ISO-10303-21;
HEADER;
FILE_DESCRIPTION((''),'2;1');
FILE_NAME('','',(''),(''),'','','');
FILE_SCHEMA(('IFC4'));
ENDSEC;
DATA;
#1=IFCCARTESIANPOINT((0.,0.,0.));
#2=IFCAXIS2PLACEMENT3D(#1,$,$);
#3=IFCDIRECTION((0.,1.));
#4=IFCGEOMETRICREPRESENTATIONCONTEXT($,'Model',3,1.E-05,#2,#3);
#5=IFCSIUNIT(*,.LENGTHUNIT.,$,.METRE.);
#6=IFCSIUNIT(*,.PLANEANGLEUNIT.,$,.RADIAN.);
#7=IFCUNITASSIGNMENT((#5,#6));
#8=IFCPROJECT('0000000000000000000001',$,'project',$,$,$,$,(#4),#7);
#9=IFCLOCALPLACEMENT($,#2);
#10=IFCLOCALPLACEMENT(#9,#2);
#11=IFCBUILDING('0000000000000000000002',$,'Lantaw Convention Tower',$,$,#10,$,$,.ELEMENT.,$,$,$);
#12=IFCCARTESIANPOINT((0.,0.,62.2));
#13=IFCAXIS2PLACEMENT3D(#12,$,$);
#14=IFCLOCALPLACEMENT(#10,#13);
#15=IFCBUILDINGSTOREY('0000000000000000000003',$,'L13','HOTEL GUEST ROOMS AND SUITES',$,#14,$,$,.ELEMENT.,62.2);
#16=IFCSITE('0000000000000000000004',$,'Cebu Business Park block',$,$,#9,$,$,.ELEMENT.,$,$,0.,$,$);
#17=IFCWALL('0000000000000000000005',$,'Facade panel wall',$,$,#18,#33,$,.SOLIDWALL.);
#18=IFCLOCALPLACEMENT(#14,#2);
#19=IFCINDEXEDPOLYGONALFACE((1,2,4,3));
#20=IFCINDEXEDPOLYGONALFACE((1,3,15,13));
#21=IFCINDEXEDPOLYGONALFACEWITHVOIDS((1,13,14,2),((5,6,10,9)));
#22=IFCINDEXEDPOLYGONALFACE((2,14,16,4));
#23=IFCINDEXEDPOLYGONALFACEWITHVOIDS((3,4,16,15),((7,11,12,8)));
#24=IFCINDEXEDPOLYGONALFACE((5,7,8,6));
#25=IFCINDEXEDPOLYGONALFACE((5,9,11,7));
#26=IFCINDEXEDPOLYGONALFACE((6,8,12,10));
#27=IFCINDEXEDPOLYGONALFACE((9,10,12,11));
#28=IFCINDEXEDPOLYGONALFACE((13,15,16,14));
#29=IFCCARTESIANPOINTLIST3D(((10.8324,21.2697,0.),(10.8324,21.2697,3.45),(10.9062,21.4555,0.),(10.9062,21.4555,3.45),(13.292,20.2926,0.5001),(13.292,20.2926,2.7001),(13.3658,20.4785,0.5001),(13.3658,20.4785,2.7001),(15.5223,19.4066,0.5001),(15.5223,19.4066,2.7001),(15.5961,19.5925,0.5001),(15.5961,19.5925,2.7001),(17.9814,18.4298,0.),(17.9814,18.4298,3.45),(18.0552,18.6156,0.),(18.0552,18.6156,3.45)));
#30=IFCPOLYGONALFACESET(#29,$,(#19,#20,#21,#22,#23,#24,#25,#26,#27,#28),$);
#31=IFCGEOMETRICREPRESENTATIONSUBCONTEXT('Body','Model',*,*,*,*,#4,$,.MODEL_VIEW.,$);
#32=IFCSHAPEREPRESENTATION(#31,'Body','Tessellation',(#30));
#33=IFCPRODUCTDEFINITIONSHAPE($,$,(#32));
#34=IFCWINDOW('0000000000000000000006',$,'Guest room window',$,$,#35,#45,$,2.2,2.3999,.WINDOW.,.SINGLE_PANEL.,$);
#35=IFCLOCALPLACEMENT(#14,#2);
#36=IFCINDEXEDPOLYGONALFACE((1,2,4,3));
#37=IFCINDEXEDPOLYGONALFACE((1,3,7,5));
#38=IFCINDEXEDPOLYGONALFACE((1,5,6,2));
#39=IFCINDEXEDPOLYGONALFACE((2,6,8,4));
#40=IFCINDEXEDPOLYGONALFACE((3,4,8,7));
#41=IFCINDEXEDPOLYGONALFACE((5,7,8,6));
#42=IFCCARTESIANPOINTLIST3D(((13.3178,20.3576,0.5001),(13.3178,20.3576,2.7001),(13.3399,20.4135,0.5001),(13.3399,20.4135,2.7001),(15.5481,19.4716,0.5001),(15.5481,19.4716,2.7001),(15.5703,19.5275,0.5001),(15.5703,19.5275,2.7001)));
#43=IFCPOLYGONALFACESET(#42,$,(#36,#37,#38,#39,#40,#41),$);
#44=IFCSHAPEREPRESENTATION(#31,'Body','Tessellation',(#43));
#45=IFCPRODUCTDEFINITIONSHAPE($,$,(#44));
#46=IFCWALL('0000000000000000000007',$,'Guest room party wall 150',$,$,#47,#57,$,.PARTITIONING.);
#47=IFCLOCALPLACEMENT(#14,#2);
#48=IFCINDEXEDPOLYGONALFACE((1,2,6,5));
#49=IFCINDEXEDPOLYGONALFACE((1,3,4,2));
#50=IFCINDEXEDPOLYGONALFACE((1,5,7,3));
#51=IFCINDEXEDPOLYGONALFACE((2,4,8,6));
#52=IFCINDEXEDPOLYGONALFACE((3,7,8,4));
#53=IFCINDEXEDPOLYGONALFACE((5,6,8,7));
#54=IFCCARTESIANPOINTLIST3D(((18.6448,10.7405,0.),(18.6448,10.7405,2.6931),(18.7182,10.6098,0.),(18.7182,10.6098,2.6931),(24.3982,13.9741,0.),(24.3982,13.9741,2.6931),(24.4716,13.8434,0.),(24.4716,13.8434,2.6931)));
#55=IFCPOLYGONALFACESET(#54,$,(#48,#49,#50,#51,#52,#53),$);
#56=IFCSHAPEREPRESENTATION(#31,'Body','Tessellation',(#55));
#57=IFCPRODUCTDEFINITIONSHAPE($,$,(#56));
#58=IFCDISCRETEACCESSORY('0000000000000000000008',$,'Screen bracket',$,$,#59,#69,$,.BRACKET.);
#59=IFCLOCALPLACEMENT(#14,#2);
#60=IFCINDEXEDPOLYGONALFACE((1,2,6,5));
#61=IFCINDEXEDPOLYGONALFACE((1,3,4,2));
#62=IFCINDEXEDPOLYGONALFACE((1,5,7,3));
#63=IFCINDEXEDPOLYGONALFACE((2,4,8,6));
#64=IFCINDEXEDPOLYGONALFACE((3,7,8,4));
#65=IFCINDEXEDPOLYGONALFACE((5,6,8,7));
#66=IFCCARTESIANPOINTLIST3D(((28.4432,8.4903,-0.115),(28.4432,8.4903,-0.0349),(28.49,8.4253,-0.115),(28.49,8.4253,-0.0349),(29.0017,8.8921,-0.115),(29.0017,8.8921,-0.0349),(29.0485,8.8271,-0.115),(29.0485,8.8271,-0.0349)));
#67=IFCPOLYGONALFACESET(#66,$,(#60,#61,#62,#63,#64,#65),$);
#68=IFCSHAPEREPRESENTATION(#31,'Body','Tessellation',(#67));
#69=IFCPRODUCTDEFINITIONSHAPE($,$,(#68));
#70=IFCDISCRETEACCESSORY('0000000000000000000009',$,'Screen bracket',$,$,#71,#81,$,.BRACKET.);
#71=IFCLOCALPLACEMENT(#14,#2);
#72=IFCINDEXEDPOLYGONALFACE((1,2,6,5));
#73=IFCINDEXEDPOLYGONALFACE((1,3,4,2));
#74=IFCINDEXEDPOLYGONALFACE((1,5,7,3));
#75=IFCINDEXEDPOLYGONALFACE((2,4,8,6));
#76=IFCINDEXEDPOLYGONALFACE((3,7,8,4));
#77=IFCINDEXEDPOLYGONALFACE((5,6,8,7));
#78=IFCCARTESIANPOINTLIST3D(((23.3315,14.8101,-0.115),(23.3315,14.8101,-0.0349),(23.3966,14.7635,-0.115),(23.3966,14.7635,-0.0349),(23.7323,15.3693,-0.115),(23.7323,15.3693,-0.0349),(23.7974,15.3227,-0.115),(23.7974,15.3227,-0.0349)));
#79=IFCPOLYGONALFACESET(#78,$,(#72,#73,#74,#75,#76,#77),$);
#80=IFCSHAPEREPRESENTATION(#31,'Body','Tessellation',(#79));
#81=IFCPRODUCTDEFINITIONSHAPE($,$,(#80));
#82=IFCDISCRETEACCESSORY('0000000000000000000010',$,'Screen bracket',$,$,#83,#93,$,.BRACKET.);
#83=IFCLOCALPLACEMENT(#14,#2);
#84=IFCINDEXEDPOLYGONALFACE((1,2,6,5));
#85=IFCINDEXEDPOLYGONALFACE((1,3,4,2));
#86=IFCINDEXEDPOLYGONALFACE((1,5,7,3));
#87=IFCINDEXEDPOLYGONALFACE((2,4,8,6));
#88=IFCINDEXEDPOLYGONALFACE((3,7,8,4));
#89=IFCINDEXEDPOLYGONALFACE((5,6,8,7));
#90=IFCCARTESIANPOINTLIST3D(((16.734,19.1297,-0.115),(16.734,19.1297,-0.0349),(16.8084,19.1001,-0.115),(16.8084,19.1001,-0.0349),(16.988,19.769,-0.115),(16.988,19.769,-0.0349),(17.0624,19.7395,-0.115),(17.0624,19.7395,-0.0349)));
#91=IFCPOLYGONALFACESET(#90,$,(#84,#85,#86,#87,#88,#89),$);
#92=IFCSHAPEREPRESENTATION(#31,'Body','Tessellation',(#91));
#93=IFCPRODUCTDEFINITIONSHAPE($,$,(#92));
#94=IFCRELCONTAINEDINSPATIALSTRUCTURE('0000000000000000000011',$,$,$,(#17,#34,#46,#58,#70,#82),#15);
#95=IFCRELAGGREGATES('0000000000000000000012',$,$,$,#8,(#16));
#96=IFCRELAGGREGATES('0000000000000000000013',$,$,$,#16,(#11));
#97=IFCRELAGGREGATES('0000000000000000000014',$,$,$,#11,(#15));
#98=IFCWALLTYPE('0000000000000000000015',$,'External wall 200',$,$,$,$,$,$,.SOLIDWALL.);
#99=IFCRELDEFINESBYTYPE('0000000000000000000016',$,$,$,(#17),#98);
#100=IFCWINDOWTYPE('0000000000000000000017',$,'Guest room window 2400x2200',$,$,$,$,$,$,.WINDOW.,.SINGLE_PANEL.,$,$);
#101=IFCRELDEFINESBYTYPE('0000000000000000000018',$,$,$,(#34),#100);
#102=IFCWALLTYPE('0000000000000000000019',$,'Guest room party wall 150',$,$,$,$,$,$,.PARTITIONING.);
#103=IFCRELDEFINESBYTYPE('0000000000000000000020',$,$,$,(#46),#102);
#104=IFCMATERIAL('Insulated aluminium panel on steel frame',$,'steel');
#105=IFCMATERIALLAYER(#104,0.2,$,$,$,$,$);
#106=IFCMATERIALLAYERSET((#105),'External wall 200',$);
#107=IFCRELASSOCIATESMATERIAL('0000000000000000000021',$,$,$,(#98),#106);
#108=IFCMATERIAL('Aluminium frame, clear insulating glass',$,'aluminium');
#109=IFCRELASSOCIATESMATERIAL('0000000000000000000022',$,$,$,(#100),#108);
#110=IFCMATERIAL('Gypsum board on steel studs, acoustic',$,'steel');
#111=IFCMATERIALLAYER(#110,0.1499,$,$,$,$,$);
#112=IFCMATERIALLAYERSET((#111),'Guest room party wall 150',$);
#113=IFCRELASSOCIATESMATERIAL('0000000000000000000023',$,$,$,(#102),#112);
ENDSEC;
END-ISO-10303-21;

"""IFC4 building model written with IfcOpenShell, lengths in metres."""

from ifc_helpers import new_model, si_unit, direction, frame, frame_2d, origin, origin_2d, place, context, subcontext, project, spatial, rectangle, extrude, material, layer, layer_set, type_object, element, fill, save


model = new_model("IFC4")

# Units and contexts
model_context = context("Model", 3, precision=1e-05, world=origin(), true_north=direction((0.0, 1.0)))
body_context = subcontext(model_context, "Body", "Model", "MODEL_VIEW")
ifc_project = project(units=[si_unit("LENGTHUNIT", "METRE"), si_unit("PLANEANGLEUNIT", "RADIAN")], contexts=[model_context])

# Site, building, storey
site_placement = place(None, origin())
site = spatial("IfcSite", under=ifc_project, at=site_placement, Name="Cebu Business Park block", CompositionType="ELEMENT", RefElevation=0.0)
building_placement = place(site_placement, origin())
building = spatial("IfcBuilding", under=site, at=building_placement, Name="Lantaw Convention Tower", CompositionType="ELEMENT")
storey_placement = place(building_placement, frame((0.0, 0.0, 62.2)))
storey = spatial("IfcBuildingStorey", under=building, at=storey_placement, Name="L13", Description="HOTEL GUEST ROOMS AND SUITES", CompositionType="ELEMENT", Elevation=62.2)

# Wall, opening, window
ifc_material_1 = material(Name="Insulated aluminium panel on steel frame", Category="steel")
ifc_layer_1 = layer(ifc_material_1, 0.2)
ifc_layer_set_1 = layer_set([ifc_layer_1], Name="External wall 200")
wall_type_1 = type_object("IfcWallType", Name="External wall 200", PredefinedType="SOLIDWALL", material=ifc_layer_set_1)
ifc_material_2 = material(Name="Aluminium frame, clear insulating glass", Category="aluminium")
window_type = type_object("IfcWindowType", Name="Guest room window 2400x2200", PartitioningType="SINGLE_PANEL", PredefinedType="WINDOW", material=ifc_material_2)
wall_1_placement = place(storey_placement, frame((18.0183, 18.5227, 0.0), z_axis=(0.0, 0.0, 1.0), x_axis=(-0.929358, 0.369179, 0.0)))
wall_1 = element("IfcWall", 1, at=wall_1_placement, inside=storey, type_object=wall_type_1, Name="Facade panel wall", PredefinedType="SOLIDWALL", context=body_context, shape_type="SweptSolid", body=[
    extrude(rectangle(XDim=7.6924, YDim=0.2, at=frame_2d((3.8462, 0.0))), origin(), (0.0, 0.0, 1.0), 3.45),
])
opening_1_placement = place(wall_1_placement, frame((2.646, 0.0, 0.5)))
opening_1 = element("IfcOpeningElement", 2, at=opening_1_placement, cuts=wall_1, PredefinedType="OPENING", context=body_context, shape_type="SweptSolid", body=[
    extrude(rectangle(XDim=2.3999, YDim=2.2, at=frame_2d((1.2, 1.1001))), frame((0.0, 0.1099, 0.0), z_axis=(0.0, -1.0, 0.0), x_axis=(1.0, 0.0, 0.0)), (0.0, 0.0, 1.0), 0.22),
])
window_1_placement = place(opening_1_placement, origin())
window_1 = element("IfcWindow", 3, at=window_1_placement, inside=storey, type_object=window_type, Name="Guest room window", OverallHeight=2.2, OverallWidth=2.3999, PartitioningType="SINGLE_PANEL", PredefinedType="WINDOW", context=body_context, shape_type="SweptSolid", body=[
    extrude(rectangle(XDim=2.3999, YDim=2.2, at=frame_2d((1.2, 1.1001))), frame((0.0, 0.03, 0.0), z_axis=(0.0, -1.0, 0.0), x_axis=(1.0, 0.0, 0.0)), (0.0, 0.0, 1.0), 0.0601),
])
fill(opening_1, window_1)

# Wall
ifc_material_3 = material(Name="Gypsum board on steel studs, acoustic", Category="steel")
ifc_layer_2 = layer(ifc_material_3, 0.1499)
ifc_layer_set_2 = layer_set([ifc_layer_2], Name="Guest room party wall 150")
wall_type_2 = type_object("IfcWallType", Name="Guest room party wall 150", PredefinedType="PARTITIONING", material=ifc_layer_set_2)
wall_2_placement = place(storey_placement, frame((24.4348, 13.9087, 0.0), z_axis=(0.0, 0.0, 1.0), x_axis=(-0.871747, -0.489956, 0.0)))
element("IfcWall", 4, at=wall_2_placement, inside=storey, type_object=wall_type_2, Name="Guest room party wall 150", PredefinedType="PARTITIONING", context=body_context, shape_type="SweptSolid", body=[
    extrude(rectangle(XDim=6.5999, YDim=0.1499, at=frame_2d((3.2998, 0.0))), origin(), (0.0, 0.0, 1.0), 2.6931),
])

# Discrete accessories
for number, where, z_axis, x_axis, name in (
    (5, (28.7458, 8.6587, -0.115), (0.0, 0.0, 1.0), (-0.583951, 0.811789, 0.0), "Screen bracket"),
    (6, (23.5645, 15.0664, -0.115), (0.0, 0.0, 1.0), (-0.812804, 0.582538, 0.0), "Screen bracket"),
    (7, (16.8982, 19.4346, -0.115), (0.0, 0.0, 1.0), (-0.929361, 0.369172, 0.0), "Screen bracket"),
):
    element("IfcDiscreteAccessory", number, at=place(storey_placement, frame(where, z_axis=z_axis, x_axis=x_axis)), inside=storey, Name=name, PredefinedType="BRACKET", context=body_context, shape_type="SweptSolid", body=[
        extrude(rectangle(XDim=0.0801, YDim=0.688, at=origin_2d()), origin(), (0.0, 0.0, 1.0), 0.0801),
    ])

save(model, "model.ifc")
